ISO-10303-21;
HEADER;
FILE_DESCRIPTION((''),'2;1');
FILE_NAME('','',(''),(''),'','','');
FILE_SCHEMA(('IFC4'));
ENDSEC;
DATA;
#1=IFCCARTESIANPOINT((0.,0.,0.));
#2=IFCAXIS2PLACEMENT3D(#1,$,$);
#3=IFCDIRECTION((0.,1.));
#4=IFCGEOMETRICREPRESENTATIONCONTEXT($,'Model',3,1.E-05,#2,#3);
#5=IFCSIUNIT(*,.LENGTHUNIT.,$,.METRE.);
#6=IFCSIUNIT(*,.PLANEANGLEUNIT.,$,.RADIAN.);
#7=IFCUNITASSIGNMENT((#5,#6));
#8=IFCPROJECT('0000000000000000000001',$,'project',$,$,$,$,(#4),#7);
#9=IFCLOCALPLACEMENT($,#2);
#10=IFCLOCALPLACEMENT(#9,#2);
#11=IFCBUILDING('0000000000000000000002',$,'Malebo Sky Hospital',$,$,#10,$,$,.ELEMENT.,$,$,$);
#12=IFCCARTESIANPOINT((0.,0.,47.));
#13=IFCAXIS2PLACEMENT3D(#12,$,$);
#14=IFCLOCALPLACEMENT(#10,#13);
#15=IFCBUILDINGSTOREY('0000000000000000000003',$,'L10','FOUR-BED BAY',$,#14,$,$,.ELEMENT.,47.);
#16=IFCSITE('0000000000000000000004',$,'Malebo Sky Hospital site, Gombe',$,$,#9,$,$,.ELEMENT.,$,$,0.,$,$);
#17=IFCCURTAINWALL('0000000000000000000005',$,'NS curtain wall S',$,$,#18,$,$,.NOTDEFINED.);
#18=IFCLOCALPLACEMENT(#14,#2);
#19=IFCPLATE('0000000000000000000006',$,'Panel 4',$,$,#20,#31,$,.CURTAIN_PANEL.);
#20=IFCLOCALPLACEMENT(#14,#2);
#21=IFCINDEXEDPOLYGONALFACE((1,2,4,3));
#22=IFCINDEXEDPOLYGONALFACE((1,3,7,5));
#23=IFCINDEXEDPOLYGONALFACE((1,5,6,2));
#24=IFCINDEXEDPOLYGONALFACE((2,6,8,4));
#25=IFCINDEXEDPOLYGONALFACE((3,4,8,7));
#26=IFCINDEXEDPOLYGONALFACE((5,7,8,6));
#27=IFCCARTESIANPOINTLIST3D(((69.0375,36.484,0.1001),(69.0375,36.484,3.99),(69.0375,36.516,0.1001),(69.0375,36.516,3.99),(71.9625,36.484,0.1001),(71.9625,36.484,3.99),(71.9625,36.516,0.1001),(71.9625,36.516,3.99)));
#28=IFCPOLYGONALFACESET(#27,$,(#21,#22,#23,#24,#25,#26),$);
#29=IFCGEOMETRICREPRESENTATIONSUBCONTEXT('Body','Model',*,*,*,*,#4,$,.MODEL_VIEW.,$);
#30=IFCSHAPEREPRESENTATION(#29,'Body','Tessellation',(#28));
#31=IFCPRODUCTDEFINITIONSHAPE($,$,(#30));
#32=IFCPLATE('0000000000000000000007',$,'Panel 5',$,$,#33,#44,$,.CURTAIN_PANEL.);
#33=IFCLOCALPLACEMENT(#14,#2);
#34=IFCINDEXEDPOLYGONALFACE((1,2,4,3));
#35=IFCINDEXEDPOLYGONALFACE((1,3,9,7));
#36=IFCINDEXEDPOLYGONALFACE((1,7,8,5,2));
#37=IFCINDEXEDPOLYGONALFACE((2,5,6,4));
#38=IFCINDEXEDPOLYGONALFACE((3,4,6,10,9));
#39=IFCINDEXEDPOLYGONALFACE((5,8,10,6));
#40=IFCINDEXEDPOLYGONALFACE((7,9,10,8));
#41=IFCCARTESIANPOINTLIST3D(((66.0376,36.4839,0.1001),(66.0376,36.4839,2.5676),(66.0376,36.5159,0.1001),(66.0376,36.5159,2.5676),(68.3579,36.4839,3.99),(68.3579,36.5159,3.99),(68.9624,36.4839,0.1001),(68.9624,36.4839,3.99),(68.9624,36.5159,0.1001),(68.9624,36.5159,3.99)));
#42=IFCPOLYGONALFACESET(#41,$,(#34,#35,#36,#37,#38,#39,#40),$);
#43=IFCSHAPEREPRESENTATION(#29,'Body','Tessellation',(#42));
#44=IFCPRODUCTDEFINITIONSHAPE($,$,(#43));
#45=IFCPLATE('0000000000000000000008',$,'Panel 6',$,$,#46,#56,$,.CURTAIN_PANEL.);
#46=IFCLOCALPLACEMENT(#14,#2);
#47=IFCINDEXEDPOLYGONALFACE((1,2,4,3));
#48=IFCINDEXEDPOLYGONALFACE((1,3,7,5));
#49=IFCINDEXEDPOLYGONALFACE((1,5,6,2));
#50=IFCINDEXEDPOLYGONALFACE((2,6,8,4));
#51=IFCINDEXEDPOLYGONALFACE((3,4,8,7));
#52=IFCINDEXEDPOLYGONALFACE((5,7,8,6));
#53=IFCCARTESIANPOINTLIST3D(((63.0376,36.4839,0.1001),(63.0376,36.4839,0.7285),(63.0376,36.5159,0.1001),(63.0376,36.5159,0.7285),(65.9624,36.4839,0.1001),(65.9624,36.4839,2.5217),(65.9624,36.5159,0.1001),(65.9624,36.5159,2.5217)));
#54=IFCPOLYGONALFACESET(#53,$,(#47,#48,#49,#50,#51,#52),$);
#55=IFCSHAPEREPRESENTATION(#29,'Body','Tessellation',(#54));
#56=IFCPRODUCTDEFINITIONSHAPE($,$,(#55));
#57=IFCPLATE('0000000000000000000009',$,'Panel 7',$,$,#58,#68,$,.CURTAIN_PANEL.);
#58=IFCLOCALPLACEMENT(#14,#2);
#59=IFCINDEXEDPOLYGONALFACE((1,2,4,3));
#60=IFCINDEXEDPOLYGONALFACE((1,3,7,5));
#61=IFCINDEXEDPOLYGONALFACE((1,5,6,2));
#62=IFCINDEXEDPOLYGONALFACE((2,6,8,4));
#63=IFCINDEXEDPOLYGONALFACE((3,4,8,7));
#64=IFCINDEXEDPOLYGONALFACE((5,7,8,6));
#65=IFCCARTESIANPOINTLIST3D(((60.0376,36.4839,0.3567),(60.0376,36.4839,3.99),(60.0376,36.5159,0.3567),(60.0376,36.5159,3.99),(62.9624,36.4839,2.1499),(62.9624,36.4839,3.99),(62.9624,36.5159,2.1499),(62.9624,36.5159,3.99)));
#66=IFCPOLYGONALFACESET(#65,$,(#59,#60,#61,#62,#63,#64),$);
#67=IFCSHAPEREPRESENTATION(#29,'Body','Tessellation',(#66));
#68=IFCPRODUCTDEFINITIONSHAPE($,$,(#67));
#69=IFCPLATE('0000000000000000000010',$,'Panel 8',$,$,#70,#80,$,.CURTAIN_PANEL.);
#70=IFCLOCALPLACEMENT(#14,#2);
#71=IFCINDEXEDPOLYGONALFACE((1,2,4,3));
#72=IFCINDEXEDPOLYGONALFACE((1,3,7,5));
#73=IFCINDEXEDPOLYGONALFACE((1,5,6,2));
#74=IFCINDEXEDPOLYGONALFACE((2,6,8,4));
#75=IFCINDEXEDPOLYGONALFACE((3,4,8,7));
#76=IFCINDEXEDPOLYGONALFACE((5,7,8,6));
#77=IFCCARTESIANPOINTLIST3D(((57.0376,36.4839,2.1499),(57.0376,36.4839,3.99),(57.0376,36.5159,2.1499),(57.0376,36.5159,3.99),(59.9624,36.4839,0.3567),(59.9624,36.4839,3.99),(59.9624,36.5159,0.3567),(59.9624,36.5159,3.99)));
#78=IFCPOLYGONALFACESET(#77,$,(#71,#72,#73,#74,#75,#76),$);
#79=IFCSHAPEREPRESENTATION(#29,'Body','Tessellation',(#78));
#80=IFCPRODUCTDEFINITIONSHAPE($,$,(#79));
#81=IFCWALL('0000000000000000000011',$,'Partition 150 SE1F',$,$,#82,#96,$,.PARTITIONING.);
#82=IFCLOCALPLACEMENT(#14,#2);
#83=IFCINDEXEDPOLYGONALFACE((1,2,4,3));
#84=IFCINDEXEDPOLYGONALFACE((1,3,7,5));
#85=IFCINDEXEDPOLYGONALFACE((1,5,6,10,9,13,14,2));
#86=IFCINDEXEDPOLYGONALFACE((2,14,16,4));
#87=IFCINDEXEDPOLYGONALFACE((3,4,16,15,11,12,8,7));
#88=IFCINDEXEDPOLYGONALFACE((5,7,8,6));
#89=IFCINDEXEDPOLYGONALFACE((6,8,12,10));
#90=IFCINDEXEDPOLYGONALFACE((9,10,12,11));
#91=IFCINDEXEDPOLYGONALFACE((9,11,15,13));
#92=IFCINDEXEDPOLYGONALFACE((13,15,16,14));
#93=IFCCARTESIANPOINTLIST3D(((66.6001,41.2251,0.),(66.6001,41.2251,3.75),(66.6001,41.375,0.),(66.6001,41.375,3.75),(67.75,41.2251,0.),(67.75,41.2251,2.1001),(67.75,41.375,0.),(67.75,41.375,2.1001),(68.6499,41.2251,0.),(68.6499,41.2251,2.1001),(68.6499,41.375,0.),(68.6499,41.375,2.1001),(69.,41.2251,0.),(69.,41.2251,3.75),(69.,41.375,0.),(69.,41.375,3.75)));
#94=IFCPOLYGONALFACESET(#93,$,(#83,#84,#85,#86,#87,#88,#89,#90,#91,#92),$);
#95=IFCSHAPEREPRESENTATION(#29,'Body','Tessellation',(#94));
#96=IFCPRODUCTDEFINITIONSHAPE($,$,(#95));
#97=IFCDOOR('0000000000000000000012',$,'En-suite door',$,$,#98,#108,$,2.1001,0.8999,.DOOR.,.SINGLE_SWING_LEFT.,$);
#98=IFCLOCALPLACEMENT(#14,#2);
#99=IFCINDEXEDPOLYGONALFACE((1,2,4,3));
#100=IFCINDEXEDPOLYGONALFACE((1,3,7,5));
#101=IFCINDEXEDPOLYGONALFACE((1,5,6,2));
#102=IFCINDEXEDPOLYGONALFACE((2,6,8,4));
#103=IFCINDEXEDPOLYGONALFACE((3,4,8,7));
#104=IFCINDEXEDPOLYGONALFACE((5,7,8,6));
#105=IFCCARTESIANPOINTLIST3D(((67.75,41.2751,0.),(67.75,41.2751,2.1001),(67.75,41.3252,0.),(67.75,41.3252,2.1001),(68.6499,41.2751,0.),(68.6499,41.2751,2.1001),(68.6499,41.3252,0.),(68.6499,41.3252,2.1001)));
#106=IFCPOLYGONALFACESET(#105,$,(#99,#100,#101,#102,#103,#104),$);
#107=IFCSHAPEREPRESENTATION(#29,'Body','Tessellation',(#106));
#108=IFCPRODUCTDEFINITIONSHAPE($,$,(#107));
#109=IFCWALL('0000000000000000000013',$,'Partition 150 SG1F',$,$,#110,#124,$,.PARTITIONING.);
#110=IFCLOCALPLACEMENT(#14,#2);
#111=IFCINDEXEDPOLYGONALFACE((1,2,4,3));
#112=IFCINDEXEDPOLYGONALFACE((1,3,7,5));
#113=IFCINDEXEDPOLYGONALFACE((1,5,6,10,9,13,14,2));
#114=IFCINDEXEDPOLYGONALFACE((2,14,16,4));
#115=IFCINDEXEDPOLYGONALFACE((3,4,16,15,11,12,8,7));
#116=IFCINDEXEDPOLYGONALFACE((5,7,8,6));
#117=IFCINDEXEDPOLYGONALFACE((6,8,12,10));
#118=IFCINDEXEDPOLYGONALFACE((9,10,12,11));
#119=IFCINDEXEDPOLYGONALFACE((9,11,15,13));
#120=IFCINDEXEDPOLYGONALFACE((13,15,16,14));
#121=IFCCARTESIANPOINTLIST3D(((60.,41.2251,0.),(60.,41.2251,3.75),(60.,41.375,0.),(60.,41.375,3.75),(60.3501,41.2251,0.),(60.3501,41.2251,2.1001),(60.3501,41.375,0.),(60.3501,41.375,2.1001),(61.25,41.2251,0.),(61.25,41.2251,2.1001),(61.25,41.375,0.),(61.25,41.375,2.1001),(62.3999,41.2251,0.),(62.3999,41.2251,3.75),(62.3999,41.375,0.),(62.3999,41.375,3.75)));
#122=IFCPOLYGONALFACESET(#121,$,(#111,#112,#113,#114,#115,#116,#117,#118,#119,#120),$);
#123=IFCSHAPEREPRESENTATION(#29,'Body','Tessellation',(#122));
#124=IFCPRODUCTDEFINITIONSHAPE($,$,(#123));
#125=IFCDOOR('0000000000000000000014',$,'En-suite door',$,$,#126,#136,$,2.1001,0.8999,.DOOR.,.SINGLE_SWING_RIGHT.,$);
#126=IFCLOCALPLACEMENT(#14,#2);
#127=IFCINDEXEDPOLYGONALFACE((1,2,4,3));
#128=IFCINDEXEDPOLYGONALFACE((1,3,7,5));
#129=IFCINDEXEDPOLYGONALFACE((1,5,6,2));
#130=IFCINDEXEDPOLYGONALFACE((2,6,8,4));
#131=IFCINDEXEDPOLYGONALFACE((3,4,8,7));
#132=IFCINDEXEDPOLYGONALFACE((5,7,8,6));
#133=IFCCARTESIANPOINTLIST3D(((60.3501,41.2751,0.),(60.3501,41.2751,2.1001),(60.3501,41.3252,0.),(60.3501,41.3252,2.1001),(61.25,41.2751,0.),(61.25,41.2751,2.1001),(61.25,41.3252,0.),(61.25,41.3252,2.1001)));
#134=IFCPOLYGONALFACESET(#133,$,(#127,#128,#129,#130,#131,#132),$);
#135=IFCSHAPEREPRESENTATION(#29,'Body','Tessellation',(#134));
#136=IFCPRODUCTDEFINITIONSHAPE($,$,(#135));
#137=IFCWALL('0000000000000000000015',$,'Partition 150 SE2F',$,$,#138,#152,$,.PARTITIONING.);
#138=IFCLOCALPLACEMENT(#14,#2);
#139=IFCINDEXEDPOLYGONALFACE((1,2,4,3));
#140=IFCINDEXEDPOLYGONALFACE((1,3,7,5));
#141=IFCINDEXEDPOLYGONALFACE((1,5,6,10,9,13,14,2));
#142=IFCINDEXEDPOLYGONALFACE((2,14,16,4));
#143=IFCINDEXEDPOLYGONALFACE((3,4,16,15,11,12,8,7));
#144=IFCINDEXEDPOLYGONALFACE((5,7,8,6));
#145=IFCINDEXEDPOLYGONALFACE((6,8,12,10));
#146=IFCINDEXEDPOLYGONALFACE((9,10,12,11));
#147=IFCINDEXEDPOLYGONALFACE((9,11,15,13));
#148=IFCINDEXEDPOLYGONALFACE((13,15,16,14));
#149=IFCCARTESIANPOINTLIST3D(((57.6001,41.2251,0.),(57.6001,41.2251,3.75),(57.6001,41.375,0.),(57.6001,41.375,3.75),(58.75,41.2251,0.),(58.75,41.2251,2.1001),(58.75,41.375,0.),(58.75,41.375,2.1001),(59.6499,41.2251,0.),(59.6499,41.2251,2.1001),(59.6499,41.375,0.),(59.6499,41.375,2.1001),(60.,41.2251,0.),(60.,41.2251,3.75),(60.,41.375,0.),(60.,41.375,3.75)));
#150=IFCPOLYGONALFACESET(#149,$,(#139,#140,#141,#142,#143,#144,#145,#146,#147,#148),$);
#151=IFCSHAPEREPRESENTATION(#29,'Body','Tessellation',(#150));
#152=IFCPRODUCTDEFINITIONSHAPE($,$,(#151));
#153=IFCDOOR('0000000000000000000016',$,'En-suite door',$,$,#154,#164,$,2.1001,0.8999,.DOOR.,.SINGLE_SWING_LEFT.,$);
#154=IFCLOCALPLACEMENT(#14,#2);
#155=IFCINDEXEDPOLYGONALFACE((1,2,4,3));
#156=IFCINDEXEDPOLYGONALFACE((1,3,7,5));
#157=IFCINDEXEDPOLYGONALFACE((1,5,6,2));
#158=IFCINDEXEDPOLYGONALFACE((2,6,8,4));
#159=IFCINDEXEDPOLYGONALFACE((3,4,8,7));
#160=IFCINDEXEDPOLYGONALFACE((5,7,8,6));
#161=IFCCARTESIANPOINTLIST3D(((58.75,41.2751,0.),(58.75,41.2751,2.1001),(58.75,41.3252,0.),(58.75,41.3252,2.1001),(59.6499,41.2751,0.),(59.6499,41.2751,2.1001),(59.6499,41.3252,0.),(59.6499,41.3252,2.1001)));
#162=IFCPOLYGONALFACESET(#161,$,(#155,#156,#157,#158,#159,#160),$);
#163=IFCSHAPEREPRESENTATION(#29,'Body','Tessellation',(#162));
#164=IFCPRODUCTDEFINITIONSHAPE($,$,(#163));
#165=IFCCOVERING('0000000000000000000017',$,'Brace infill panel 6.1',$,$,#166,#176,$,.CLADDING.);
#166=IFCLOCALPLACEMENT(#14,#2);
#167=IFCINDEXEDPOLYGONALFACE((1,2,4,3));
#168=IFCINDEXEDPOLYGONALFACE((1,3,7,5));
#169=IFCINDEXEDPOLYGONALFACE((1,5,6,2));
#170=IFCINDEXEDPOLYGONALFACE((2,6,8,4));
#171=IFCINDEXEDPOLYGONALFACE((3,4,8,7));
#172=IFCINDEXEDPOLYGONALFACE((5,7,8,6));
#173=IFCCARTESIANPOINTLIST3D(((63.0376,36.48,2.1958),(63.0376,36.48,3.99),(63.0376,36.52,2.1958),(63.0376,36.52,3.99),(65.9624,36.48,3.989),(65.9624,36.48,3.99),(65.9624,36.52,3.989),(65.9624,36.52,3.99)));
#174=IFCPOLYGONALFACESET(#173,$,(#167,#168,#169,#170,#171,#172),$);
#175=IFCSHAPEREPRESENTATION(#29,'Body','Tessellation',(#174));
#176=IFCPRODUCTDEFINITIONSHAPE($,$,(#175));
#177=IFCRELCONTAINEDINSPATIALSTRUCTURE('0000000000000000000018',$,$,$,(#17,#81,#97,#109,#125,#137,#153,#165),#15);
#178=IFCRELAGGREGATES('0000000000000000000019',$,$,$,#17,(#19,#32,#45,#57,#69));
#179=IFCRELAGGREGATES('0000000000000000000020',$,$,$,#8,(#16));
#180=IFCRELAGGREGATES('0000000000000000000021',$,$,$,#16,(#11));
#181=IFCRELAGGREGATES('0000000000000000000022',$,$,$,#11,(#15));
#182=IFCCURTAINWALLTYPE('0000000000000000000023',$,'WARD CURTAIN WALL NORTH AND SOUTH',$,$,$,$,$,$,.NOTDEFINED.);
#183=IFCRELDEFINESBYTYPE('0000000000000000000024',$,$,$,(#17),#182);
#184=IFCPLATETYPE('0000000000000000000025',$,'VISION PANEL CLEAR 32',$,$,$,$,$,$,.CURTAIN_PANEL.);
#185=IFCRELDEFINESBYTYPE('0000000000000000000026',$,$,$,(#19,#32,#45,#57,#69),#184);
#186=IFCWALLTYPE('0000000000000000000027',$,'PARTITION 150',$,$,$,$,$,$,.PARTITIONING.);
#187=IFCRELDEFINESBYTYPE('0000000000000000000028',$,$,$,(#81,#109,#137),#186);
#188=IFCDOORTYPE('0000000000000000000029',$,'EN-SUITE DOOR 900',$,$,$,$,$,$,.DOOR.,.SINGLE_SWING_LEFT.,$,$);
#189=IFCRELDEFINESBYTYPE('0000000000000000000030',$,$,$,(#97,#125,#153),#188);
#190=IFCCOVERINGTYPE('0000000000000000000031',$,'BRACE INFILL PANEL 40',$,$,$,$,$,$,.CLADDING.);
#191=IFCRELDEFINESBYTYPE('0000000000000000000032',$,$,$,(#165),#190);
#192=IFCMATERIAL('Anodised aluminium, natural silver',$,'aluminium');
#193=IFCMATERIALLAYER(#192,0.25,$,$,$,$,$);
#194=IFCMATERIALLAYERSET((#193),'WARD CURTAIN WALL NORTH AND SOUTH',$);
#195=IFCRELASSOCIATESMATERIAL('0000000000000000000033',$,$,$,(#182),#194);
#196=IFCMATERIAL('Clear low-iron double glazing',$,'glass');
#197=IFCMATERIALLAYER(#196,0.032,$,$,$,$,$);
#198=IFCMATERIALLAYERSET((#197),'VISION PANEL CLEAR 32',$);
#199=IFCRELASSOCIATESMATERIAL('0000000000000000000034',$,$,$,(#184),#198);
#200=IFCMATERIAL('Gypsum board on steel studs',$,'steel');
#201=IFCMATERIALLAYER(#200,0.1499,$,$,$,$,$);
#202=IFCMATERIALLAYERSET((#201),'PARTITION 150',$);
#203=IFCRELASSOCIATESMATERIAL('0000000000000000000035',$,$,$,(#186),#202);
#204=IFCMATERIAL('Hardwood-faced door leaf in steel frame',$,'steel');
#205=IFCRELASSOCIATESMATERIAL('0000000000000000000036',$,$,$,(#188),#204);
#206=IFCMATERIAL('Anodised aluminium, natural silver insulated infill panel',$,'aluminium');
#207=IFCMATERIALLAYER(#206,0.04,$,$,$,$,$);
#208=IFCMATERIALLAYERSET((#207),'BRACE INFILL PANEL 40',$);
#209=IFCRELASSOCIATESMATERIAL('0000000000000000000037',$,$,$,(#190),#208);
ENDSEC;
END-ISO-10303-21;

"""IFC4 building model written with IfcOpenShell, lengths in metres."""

from ifc_helpers import new_model, si_unit, direction, frame, frame_2d, origin, origin_2d, place, context, subcontext, project, spatial, polyline, rectangle, outline, extrude, material, layer, layer_set, type_object, element, fill, aggregate, save


model = new_model("IFC4")

# Units and contexts
model_context = context("Model", 3, precision=1e-05, world=origin(), true_north=direction((0.0, 1.0)))
body_context = subcontext(model_context, "Body", "Model", "MODEL_VIEW")
ifc_project = project(units=[si_unit("LENGTHUNIT", "METRE"), si_unit("PLANEANGLEUNIT", "RADIAN")], contexts=[model_context])

# Site, building, storey
site_placement = place(None, origin())
site = spatial("IfcSite", under=ifc_project, at=site_placement, Name="Malebo Sky Hospital site, Gombe", CompositionType="ELEMENT", RefElevation=0.0)
building_placement = place(site_placement, origin())
building = spatial("IfcBuilding", under=site, at=building_placement, Name="Malebo Sky Hospital", CompositionType="ELEMENT")
storey_placement = place(building_placement, frame((0.0, 0.0, 47.0)))
storey = spatial("IfcBuildingStorey", under=building, at=storey_placement, Name="L10", Description="FOUR-BED BAY", CompositionType="ELEMENT", Elevation=47.0)

# Curtain wall
ifc_material_1 = material(Name="Anodised aluminium, natural silver", Category="aluminium")
ifc_layer_1 = layer(ifc_material_1, 0.25)
ifc_layer_set_1 = layer_set([ifc_layer_1], Name="WARD CURTAIN WALL NORTH AND SOUTH")
curtain_wall_type = type_object("IfcCurtainWallType", Name="WARD CURTAIN WALL NORTH AND SOUTH", PredefinedType="NOTDEFINED", material=ifc_layer_set_1)
curtain_wall_placement = place(storey_placement, origin())
curtain_wall = element("IfcCurtainWall", 1, at=curtain_wall_placement, inside=storey, type_object=curtain_wall_type, Name="NS curtain wall S", PredefinedType="NOTDEFINED")

# Plates
ifc_material_2 = material(Name="Clear low-iron double glazing", Category="glass")
ifc_layer_2 = layer(ifc_material_2, 0.032)
ifc_layer_set_2 = layer_set([ifc_layer_2], Name="VISION PANEL CLEAR 32")
plate_type = type_object("IfcPlateType", Name="VISION PANEL CLEAR 32", PredefinedType="CURTAIN_PANEL", material=ifc_layer_set_2)
plate_1_placement = place(storey_placement, frame((70.5, 36.5, 0.1001), z_axis=(0.0, 0.0, 1.0), x_axis=(-1.0, 0.0, 0.0)))
plate_1 = element("IfcPlate", 2, at=plate_1_placement, type_object=plate_type, Name="Panel 4", PredefinedType="CURTAIN_PANEL", context=body_context, shape_type="SweptSolid", body=[
    extrude(rectangle(XDim=2.925, YDim=0.032, at=origin_2d()), origin(), (0.0, 0.0, 1.0), 3.8899),
])
plate_2_placement = place(storey_placement, frame((67.5, 36.5, 0.1001), z_axis=(0.0, 0.0, 1.0), x_axis=(-1.0, 0.0, 0.0)))
plate_2 = element("IfcPlate", 3, at=plate_2_placement, type_object=plate_type, Name="Panel 5", PredefinedType="CURTAIN_PANEL", context=body_context, shape_type="SweptSolid", body=[
    extrude(outline(polyline([(-1.4624, 0.0), (1.4624, 0.0), (1.4624, 2.4675), (-0.8579, 3.8899), (-1.4624, 3.8899), (-1.4624, 0.0)])), frame((0.0, 0.0161, 0.0), z_axis=(0.0, -1.0, 0.0), x_axis=(1.0, 0.0, 0.0)), (0.0, 0.0, 1.0), 0.032),
])
plate_3_placement = place(storey_placement, frame((64.5, 36.5, 0.1001), z_axis=(0.0, 0.0, 1.0), x_axis=(-1.0, 0.0, 0.0)))
plate_3 = element("IfcPlate", 4, at=plate_3_placement, type_object=plate_type, Name="Panel 6", PredefinedType="CURTAIN_PANEL", context=body_context, shape_type="SweptSolid", body=[
    extrude(outline(polyline([(-1.4624, 0.0), (1.4624, 0.0), (1.4624, 0.6284), (-1.4624, 2.4216), (-1.4624, 0.0)])), frame((0.0, 0.0161, 0.0), z_axis=(0.0, -1.0, 0.0), x_axis=(1.0, 0.0, 0.0)), (0.0, 0.0, 1.0), 0.032),
])
plate_4_placement = place(storey_placement, frame((61.5, 36.5, 0.3567), z_axis=(0.0, 0.0, 1.0), x_axis=(-1.0, 0.0, 0.0)))
plate_4 = element("IfcPlate", 5, at=plate_4_placement, type_object=plate_type, Name="Panel 7", PredefinedType="CURTAIN_PANEL", context=body_context, shape_type="SweptSolid", body=[
    extrude(outline(polyline([(1.4624, 0.0), (1.4624, 3.6333), (-1.4624, 3.6333), (-1.4624, 1.7932), (1.4624, 0.0)])), frame((0.0, 0.0161, 0.0), z_axis=(0.0, -1.0, 0.0), x_axis=(1.0, 0.0, 0.0)), (0.0, 0.0, 1.0), 0.032),
])
plate_5_placement = place(storey_placement, frame((58.5, 36.5, 0.3567), z_axis=(0.0, 0.0, 1.0), x_axis=(-1.0, 0.0, 0.0)))
plate_5 = element("IfcPlate", 6, at=plate_5_placement, type_object=plate_type, Name="Panel 8", PredefinedType="CURTAIN_PANEL", context=body_context, shape_type="SweptSolid", body=[
    extrude(outline(polyline([(-1.4624, 0.0), (1.4624, 1.7932), (1.4624, 3.6333), (-1.4624, 3.6333), (-1.4624, 0.0)])), frame((0.0, 0.0161, 0.0), z_axis=(0.0, -1.0, 0.0), x_axis=(1.0, 0.0, 0.0)), (0.0, 0.0, 1.0), 0.032),
])
aggregate(curtain_wall, [plate_1, plate_2, plate_3, plate_4, plate_5])

# Walls, openings, doors
ifc_material_3 = material(Name="Gypsum board on steel studs", Category="steel")
ifc_layer_3 = layer(ifc_material_3, 0.1499)
ifc_layer_set_3 = layer_set([ifc_layer_3], Name="PARTITION 150")
wall_type = type_object("IfcWallType", Name="PARTITION 150", PredefinedType="PARTITIONING", material=ifc_layer_set_3)
wall_1_placement = place(storey_placement, frame((69.0, 41.3, 0.0), z_axis=(0.0, 0.0, 1.0), x_axis=(-1.0, 0.0, 0.0)))
wall_1 = element("IfcWall", 7, at=wall_1_placement, inside=storey, type_object=wall_type, Name="Partition 150 SE1F", PredefinedType="PARTITIONING", context=body_context, shape_type="SweptSolid", body=[
    extrude(rectangle(XDim=2.3999, YDim=0.1499, at=frame_2d((1.2, 0.0))), origin(), (0.0, 0.0, 1.0), 3.75),
])
opening_1_placement = place(wall_1_placement, frame((0.3501, 0.0, 0.0)))
opening_1 = element("IfcOpeningElement", 8, at=opening_1_placement, cuts=wall_1, PredefinedType="OPENING", context=body_context, shape_type="SweptSolid", body=[
    extrude(rectangle(XDim=0.8999, YDim=2.1001, at=frame_2d((0.45, 1.05))), frame((0.0, 0.085, 0.0), z_axis=(0.0, -1.0, 0.0), x_axis=(1.0, 0.0, 0.0)), (0.0, 0.0, 1.0), 0.1699),
])
ifc_material_4 = material(Name="Hardwood-faced door leaf in steel frame", Category="steel")
door_type = type_object("IfcDoorType", Name="EN-SUITE DOOR 900", OperationType="SINGLE_SWING_LEFT", PredefinedType="DOOR", material=ifc_material_4)
door_1_placement = place(opening_1_placement, origin())
door_1 = element("IfcDoor", 9, at=door_1_placement, inside=storey, type_object=door_type, Name="En-suite door", OperationType="SINGLE_SWING_LEFT", OverallHeight=2.1001, OverallWidth=0.8999, PredefinedType="DOOR", context=body_context, shape_type="SweptSolid", body=[
    extrude(rectangle(XDim=0.8999, YDim=2.1001, at=frame_2d((0.45, 1.05))), frame((0.0, 0.0249, 0.0), z_axis=(0.0, -1.0, 0.0), x_axis=(1.0, 0.0, 0.0)), (0.0, 0.0, 1.0), 0.05),
])
fill(opening_1, door_1)
wall_2_placement = place(storey_placement, frame((62.3999, 41.3, 0.0), z_axis=(0.0, 0.0, 1.0), x_axis=(-1.0, 0.0, 0.0)))
wall_2 = element("IfcWall", 10, at=wall_2_placement, inside=storey, type_object=wall_type, Name="Partition 150 SG1F", PredefinedType="PARTITIONING", context=body_context, shape_type="SweptSolid", body=[
    extrude(rectangle(XDim=2.3999, YDim=0.1499, at=frame_2d((1.2, 0.0))), origin(), (0.0, 0.0, 1.0), 3.75),
])
opening_2_placement = place(wall_2_placement, frame((1.1499, 0.0, 0.0)))
opening_2 = element("IfcOpeningElement", 11, at=opening_2_placement, cuts=wall_2, PredefinedType="OPENING", context=body_context, shape_type="SweptSolid", body=[
    extrude(rectangle(XDim=0.8999, YDim=2.1001, at=frame_2d((0.45, 1.05))), frame((0.0, 0.085, 0.0), z_axis=(0.0, -1.0, 0.0), x_axis=(1.0, 0.0, 0.0)), (0.0, 0.0, 1.0), 0.1699),
])
door_2_placement = place(opening_2_placement, origin())
door_2 = element("IfcDoor", 12, at=door_2_placement, inside=storey, type_object=door_type, Name="En-suite door", OperationType="SINGLE_SWING_RIGHT", OverallHeight=2.1001, OverallWidth=0.8999, PredefinedType="DOOR", context=body_context, shape_type="SweptSolid", body=[
    extrude(rectangle(XDim=0.8999, YDim=2.1001, at=frame_2d((0.45, 1.05))), frame((0.0, 0.0249, 0.0), z_axis=(0.0, -1.0, 0.0), x_axis=(1.0, 0.0, 0.0)), (0.0, 0.0, 1.0), 0.05),
])
fill(opening_2, door_2)
wall_3_placement = place(storey_placement, frame((60.0, 41.3, 0.0), z_axis=(0.0, 0.0, 1.0), x_axis=(-1.0, 0.0, 0.0)))
wall_3 = element("IfcWall", 13, at=wall_3_placement, inside=storey, type_object=wall_type, Name="Partition 150 SE2F", PredefinedType="PARTITIONING", context=body_context, shape_type="SweptSolid", body=[
    extrude(rectangle(XDim=2.3999, YDim=0.1499, at=frame_2d((1.2, 0.0))), origin(), (0.0, 0.0, 1.0), 3.75),
])
opening_3_placement = place(wall_3_placement, frame((0.3501, 0.0, 0.0)))
opening_3 = element("IfcOpeningElement", 14, at=opening_3_placement, cuts=wall_3, PredefinedType="OPENING", context=body_context, shape_type="SweptSolid", body=[
    extrude(rectangle(XDim=0.8999, YDim=2.1001, at=frame_2d((0.45, 1.05))), frame((0.0, 0.085, 0.0), z_axis=(0.0, -1.0, 0.0), x_axis=(1.0, 0.0, 0.0)), (0.0, 0.0, 1.0), 0.1699),
])
door_3_placement = place(opening_3_placement, origin())
door_3 = element("IfcDoor", 15, at=door_3_placement, inside=storey, type_object=door_type, Name="En-suite door", OperationType="SINGLE_SWING_LEFT", OverallHeight=2.1001, OverallWidth=0.8999, PredefinedType="DOOR", context=body_context, shape_type="SweptSolid", body=[
    extrude(rectangle(XDim=0.8999, YDim=2.1001, at=frame_2d((0.45, 1.05))), frame((0.0, 0.0249, 0.0), z_axis=(0.0, -1.0, 0.0), x_axis=(1.0, 0.0, 0.0)), (0.0, 0.0, 1.0), 0.05),
])
fill(opening_3, door_3)

# Covering
ifc_material_5 = material(Name="Anodised aluminium, natural silver insulated infill panel", Category="aluminium")
ifc_layer_4 = layer(ifc_material_5, 0.04)
ifc_layer_set_4 = layer_set([ifc_layer_4], Name="BRACE INFILL PANEL 40")
covering_type = type_object("IfcCoveringType", Name="BRACE INFILL PANEL 40", PredefinedType="CLADDING", material=ifc_layer_set_4)
covering_1_placement = place(storey_placement, frame((64.5, 36.5, 2.1958), z_axis=(0.0, 0.0, 1.0), x_axis=(-1.0, 0.0, 0.0)))
element("IfcCovering", 16, at=covering_1_placement, inside=storey, type_object=covering_type, Name="Brace infill panel 6.1", PredefinedType="CLADDING", context=body_context, shape_type="SweptSolid", body=[
    extrude(outline(polyline([(1.4624, 0.0), (1.4624, 1.7942), (-1.4624, 1.7942), (-1.4624, 1.7932), (1.4624, 0.0)])), frame((0.0, 0.02, 0.0), z_axis=(0.0, -1.0, 0.0), x_axis=(1.0, 0.0, 0.0)), (0.0, 0.0, 1.0), 0.04),
])

save(model, "model.ifc")
